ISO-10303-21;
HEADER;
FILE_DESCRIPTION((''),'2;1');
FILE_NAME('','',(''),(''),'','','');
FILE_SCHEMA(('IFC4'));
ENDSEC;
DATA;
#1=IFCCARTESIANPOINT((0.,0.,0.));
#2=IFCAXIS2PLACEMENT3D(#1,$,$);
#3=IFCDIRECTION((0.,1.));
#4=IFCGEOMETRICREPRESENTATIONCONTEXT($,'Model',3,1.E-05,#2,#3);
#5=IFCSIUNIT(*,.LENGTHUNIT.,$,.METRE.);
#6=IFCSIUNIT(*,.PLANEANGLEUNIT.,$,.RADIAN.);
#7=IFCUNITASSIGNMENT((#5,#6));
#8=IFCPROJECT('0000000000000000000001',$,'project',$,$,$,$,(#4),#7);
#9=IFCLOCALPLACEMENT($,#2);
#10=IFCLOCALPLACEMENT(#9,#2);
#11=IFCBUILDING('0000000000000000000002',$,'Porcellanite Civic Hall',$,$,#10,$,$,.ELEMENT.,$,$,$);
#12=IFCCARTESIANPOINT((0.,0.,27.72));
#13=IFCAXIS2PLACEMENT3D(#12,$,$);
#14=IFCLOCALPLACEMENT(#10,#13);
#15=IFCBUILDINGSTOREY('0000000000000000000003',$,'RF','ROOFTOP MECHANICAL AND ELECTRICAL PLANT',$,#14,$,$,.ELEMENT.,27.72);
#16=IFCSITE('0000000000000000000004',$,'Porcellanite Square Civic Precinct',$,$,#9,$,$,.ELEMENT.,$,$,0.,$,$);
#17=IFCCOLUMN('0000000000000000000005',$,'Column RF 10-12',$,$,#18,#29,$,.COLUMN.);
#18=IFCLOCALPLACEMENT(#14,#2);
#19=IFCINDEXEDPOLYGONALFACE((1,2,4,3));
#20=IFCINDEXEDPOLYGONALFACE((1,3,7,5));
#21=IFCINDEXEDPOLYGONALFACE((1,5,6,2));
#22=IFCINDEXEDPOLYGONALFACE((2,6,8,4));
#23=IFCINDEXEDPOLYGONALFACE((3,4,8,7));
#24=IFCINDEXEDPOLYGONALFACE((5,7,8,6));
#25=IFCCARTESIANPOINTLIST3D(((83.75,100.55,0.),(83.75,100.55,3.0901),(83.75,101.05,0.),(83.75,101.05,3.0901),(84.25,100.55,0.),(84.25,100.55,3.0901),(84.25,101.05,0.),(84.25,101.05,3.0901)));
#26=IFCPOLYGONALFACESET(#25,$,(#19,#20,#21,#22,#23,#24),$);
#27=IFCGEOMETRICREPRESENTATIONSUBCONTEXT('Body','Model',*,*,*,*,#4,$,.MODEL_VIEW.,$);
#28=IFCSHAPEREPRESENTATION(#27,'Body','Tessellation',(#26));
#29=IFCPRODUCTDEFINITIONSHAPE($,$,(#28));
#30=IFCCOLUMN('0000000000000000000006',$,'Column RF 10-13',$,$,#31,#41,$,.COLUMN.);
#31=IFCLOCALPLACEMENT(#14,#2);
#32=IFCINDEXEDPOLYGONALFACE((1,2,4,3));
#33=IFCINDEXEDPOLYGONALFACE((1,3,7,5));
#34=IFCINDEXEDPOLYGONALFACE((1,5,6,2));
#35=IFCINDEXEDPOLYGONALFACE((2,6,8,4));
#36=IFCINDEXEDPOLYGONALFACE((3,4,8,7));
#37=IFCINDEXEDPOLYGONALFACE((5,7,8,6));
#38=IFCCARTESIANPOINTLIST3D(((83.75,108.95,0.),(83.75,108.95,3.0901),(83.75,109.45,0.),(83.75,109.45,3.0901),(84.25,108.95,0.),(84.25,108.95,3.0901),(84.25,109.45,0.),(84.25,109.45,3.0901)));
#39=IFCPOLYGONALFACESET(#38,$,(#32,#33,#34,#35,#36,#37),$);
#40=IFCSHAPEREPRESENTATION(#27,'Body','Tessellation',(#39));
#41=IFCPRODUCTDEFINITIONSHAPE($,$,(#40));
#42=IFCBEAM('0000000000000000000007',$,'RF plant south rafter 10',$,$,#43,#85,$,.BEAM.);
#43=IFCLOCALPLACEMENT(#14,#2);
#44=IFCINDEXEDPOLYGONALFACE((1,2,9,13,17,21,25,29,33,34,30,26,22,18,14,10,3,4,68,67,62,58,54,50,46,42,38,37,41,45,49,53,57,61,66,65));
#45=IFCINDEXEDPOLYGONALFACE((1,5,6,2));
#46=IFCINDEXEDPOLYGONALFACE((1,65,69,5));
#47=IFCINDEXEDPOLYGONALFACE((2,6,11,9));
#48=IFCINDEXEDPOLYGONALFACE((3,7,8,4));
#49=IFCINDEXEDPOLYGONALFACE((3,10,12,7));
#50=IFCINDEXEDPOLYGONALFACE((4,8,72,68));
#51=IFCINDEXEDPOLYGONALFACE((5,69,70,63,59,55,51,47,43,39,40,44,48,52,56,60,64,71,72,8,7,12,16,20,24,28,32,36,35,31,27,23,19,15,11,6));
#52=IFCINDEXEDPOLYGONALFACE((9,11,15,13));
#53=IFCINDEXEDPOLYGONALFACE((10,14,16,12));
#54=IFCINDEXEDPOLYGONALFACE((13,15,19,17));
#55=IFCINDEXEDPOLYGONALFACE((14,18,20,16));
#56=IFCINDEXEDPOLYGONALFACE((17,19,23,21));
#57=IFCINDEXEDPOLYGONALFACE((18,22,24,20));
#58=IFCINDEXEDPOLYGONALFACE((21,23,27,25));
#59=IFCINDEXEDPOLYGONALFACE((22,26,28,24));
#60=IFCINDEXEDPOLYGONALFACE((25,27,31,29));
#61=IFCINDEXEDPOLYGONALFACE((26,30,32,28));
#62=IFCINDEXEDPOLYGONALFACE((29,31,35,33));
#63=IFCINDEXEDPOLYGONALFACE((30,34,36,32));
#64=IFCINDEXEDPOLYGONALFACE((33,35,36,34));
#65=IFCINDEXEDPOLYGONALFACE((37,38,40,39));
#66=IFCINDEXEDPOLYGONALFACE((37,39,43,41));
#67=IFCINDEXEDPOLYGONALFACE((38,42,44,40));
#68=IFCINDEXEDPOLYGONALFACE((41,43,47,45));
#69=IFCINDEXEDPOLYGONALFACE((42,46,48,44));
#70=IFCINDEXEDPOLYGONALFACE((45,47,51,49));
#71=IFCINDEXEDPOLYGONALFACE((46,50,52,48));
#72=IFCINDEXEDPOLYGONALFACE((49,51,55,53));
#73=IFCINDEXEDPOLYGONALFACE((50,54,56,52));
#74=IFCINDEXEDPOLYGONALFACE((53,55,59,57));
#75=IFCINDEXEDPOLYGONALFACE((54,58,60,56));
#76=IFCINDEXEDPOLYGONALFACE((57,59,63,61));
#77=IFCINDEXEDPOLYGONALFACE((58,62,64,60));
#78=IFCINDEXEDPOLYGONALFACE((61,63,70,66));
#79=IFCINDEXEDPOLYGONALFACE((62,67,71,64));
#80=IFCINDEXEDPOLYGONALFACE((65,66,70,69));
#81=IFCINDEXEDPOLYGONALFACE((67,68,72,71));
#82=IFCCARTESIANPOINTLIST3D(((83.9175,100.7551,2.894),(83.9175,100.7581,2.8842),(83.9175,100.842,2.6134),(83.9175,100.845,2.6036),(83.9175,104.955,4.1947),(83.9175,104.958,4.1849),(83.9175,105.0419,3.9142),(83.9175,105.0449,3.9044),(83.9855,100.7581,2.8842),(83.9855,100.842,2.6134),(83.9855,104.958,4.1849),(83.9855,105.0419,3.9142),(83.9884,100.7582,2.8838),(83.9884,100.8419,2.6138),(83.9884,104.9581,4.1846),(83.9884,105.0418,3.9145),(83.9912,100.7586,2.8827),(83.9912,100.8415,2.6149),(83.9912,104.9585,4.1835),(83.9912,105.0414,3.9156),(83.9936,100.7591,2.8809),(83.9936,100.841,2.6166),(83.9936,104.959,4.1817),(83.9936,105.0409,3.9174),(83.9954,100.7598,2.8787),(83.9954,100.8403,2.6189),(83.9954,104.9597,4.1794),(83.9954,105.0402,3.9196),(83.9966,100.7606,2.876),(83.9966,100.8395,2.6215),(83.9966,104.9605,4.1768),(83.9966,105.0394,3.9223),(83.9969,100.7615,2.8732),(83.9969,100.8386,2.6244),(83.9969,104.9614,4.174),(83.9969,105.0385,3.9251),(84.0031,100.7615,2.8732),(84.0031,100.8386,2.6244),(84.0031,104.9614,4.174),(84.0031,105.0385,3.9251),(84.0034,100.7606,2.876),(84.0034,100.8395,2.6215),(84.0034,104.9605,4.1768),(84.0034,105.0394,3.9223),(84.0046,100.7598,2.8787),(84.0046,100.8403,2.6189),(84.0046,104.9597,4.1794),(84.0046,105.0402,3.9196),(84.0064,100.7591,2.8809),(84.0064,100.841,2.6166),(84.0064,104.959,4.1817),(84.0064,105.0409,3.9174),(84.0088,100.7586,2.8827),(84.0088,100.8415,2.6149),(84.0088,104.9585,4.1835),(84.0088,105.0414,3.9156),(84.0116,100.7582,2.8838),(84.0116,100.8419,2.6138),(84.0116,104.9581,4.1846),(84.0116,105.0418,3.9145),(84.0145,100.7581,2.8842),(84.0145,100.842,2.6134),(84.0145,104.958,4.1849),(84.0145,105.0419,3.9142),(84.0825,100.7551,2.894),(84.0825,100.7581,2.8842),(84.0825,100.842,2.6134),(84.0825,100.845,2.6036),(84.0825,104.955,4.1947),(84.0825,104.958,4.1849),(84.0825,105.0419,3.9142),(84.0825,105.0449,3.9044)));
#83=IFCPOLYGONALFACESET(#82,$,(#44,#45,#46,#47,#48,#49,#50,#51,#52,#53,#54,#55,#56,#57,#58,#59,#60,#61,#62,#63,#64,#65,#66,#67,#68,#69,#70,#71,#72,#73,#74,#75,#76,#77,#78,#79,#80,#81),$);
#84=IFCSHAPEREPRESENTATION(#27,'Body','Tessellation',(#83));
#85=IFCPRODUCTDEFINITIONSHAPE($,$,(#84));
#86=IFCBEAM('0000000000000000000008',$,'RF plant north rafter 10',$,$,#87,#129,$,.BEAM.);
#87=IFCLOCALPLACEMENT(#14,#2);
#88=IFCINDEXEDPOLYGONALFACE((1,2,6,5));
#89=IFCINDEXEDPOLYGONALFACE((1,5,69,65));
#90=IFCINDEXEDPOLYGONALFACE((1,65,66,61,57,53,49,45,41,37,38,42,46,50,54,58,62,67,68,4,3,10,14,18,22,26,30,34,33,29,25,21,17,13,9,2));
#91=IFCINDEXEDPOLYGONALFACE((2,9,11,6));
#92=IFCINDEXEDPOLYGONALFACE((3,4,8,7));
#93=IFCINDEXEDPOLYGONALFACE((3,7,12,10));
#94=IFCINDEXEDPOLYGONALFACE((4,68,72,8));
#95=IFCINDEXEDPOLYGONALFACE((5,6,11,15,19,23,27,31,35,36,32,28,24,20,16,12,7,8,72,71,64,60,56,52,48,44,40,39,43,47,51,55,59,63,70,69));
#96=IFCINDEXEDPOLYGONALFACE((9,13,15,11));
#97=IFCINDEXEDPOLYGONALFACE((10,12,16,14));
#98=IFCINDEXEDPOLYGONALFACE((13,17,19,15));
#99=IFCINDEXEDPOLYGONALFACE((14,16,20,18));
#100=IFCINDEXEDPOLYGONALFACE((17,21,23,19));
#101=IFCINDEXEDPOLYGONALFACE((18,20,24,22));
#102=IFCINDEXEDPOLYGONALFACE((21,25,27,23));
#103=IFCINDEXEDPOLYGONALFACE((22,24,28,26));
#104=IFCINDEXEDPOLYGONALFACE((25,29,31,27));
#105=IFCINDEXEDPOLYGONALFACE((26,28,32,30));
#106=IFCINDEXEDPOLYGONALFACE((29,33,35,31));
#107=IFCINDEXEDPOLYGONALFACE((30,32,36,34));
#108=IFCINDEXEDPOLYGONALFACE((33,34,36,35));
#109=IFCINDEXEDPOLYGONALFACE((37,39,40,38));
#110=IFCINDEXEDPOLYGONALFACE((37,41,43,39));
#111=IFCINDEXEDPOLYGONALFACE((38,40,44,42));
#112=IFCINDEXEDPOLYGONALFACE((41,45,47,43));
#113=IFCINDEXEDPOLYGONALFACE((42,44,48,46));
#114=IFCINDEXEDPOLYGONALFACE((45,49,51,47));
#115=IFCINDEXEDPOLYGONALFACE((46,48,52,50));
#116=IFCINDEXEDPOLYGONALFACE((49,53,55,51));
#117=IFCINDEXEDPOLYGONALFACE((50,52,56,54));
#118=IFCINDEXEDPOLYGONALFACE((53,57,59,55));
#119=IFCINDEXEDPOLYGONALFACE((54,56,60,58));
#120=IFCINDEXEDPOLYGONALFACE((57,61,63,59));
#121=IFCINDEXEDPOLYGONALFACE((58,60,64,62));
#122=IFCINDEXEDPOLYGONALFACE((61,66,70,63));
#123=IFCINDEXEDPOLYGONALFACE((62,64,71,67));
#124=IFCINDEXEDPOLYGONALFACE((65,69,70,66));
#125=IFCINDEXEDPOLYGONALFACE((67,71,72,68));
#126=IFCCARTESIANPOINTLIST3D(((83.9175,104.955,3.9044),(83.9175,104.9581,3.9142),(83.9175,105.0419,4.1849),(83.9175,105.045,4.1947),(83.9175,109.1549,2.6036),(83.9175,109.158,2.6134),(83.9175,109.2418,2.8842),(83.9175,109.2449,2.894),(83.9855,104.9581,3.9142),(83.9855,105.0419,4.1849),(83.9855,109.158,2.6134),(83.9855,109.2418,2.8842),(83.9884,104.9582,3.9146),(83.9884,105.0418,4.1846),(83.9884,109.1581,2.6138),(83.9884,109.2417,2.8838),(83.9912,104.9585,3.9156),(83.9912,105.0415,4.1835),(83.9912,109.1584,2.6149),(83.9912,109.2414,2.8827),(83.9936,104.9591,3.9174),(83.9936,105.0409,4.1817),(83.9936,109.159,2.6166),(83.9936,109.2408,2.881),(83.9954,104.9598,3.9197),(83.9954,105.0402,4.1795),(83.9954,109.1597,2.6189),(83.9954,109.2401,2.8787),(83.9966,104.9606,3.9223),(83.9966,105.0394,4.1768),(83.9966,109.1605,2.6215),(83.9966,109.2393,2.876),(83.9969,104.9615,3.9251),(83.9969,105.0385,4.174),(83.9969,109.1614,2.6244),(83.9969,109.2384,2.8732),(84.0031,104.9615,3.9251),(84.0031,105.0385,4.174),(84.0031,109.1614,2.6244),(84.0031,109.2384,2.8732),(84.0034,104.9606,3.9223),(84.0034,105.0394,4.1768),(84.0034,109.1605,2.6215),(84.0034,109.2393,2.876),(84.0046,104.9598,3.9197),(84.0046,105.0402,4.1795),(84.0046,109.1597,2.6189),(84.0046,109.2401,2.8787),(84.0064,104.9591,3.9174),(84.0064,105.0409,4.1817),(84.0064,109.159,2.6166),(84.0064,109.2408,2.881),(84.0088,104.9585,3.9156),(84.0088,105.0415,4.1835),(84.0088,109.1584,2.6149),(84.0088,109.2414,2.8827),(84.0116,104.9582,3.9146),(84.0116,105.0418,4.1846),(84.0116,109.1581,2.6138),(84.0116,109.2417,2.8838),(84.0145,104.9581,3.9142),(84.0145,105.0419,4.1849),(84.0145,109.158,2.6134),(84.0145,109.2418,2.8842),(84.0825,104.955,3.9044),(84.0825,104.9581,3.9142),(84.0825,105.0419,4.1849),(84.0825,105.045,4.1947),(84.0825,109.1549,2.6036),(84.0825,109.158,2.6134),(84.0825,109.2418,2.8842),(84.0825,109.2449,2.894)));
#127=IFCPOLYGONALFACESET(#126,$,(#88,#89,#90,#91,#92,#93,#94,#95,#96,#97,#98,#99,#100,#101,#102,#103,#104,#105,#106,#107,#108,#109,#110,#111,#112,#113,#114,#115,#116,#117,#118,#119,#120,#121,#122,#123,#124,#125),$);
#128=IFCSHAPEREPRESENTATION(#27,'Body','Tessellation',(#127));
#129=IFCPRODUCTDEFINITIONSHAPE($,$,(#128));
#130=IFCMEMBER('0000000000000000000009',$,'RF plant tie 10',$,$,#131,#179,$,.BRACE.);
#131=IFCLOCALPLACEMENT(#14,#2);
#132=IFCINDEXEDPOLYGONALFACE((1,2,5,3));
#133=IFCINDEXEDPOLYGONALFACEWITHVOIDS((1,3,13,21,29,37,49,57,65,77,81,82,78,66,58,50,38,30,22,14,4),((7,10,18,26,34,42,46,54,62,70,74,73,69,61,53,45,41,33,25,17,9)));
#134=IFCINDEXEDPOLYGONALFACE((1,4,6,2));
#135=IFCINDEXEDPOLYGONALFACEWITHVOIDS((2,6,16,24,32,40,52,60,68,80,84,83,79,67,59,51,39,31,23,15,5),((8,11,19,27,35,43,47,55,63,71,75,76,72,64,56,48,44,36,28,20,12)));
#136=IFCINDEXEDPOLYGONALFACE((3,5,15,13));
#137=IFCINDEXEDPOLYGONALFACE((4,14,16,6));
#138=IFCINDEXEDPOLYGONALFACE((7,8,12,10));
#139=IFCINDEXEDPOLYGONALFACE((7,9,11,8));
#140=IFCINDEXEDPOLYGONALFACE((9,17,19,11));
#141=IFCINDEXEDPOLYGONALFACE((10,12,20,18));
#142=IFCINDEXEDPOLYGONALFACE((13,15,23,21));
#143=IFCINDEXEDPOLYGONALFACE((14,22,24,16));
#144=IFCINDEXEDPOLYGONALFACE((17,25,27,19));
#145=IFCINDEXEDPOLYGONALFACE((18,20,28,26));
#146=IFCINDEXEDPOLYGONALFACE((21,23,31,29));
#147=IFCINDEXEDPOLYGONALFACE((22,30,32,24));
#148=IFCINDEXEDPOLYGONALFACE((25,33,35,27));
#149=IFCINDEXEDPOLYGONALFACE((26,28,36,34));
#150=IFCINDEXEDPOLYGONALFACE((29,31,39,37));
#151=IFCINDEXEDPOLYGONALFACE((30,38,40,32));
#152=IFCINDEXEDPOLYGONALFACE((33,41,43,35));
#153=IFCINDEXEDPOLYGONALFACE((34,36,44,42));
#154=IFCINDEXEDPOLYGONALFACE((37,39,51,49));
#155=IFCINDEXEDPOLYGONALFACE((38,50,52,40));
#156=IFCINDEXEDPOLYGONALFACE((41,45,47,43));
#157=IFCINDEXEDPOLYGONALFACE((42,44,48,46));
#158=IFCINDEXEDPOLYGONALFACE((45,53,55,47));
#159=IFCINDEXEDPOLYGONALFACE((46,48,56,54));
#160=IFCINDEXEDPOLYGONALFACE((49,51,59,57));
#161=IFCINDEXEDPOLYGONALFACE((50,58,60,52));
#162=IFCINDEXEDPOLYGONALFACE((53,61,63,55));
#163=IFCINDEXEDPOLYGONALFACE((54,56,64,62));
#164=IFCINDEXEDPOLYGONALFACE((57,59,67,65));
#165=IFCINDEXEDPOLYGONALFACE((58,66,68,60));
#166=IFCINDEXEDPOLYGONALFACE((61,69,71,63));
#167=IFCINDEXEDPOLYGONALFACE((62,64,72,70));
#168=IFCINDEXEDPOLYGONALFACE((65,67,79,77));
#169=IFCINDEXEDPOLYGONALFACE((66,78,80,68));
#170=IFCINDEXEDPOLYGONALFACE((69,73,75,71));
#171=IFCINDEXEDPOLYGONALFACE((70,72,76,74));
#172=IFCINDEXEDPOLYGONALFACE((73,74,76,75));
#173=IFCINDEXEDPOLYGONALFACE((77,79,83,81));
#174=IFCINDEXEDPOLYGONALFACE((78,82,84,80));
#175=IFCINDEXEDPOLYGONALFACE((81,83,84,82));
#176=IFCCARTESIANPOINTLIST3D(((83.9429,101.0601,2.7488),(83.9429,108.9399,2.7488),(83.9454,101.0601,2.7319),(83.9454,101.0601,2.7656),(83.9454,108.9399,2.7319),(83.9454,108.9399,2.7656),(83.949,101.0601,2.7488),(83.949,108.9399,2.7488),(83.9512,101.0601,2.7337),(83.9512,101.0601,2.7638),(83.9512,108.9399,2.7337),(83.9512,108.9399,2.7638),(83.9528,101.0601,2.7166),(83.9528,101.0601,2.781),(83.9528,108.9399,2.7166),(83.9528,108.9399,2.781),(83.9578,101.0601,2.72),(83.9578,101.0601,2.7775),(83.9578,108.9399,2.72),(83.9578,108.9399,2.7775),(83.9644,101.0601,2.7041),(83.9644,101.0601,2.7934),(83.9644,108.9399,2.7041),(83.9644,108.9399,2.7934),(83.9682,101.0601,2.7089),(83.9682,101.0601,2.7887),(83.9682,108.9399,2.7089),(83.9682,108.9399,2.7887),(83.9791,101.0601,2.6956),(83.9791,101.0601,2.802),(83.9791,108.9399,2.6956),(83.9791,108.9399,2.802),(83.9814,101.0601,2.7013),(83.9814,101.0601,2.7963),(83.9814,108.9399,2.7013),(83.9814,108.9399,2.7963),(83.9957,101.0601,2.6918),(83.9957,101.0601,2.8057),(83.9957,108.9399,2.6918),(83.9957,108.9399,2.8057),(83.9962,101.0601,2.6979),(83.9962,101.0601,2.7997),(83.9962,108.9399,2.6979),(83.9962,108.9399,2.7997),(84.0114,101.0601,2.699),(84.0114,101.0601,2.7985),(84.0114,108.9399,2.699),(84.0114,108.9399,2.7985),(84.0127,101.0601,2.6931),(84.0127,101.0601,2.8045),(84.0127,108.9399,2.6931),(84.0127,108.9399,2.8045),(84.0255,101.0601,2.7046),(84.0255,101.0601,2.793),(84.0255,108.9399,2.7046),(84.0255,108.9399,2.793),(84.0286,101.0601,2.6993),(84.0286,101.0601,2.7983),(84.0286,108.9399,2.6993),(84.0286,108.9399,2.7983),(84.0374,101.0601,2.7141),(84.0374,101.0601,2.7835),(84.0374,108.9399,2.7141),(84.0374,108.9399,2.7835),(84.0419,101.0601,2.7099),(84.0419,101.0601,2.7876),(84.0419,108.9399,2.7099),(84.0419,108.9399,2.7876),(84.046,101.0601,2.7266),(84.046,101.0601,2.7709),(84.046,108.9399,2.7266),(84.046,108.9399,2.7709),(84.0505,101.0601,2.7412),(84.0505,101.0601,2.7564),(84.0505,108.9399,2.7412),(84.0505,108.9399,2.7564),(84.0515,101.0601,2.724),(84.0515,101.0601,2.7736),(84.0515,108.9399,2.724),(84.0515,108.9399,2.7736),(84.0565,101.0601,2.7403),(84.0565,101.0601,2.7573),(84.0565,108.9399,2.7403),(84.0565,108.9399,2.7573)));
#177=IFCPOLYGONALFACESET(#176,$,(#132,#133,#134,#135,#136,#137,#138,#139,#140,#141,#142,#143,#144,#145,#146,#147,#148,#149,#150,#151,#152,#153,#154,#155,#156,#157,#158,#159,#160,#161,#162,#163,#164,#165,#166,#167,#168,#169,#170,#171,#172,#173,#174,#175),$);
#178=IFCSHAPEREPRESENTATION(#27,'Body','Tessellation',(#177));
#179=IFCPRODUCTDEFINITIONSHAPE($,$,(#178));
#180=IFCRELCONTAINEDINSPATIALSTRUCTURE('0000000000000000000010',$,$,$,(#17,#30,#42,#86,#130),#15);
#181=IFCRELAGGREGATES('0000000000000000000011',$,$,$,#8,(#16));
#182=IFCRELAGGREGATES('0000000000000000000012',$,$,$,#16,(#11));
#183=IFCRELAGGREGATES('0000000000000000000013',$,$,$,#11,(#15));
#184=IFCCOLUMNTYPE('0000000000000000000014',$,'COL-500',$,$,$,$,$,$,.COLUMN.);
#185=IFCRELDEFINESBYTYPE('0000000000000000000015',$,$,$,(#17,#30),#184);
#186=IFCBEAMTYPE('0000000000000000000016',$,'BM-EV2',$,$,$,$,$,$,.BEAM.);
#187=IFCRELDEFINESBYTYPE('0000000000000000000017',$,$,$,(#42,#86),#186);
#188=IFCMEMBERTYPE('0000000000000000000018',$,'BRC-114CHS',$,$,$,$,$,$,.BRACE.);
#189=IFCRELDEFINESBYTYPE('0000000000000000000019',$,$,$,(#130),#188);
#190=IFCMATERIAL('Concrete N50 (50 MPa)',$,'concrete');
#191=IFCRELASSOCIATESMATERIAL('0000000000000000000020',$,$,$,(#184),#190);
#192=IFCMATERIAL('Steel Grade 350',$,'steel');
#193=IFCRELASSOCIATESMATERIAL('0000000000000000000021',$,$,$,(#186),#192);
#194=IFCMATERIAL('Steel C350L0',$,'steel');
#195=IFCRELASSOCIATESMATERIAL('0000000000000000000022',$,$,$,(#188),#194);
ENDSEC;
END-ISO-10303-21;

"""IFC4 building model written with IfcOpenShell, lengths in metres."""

from ifc_helpers import new_model, si_unit, direction, frame, origin, origin_2d, place, context, subcontext, project, spatial, rectangle, hollow_circle, i_section, extrude, material, material_profile, profile_set, type_object, element, save


model = new_model("IFC4")

# Units and contexts
model_context = context("Model", 3, precision=1e-05, world=origin(), true_north=direction((0.0, 1.0)))
body_context = subcontext(model_context, "Body", "Model", "MODEL_VIEW")
ifc_project = project(units=[si_unit("LENGTHUNIT", "METRE"), si_unit("PLANEANGLEUNIT", "RADIAN")], contexts=[model_context])

# Site, building, storey
site_placement = place(None, origin())
site = spatial("IfcSite", under=ifc_project, at=site_placement, Name="Porcellanite Square Civic Precinct", CompositionType="ELEMENT", RefElevation=0.0)
building_placement = place(site_placement, origin())
building = spatial("IfcBuilding", under=site, at=building_placement, Name="Porcellanite Civic Hall", CompositionType="ELEMENT")
storey_placement = place(building_placement, frame((0.0, 0.0, 27.72)))
storey = spatial("IfcBuildingStorey", under=building, at=storey_placement, Name="RF", Description="ROOFTOP MECHANICAL AND ELECTRICAL PLANT", CompositionType="ELEMENT", Elevation=27.72)

# Columns
ifc_material_1 = material(Name="Concrete N50 (50 MPa)", Category="concrete")
ifc_material_profile_1 = material_profile(ifc_material_1, rectangle(XDim=0.5, YDim=0.5, at=origin_2d()), Name="RC-500x500")
ifc_profile_set_1 = profile_set([ifc_material_profile_1], Name="Concrete N50 (50 MPa)")
column_type = type_object("IfcColumnType", Name="COL-500", PredefinedType="COLUMN", material=ifc_profile_set_1)
for number, where, z_axis, x_axis, name in (
    (1, (84.0, 100.8, 0.0), (0.0, 0.0, 1.0), (1.0, 0.0, 0.0), "Column RF 10-12"),
    (2, (84.0, 109.2, 0.0), (0.0, 0.0, 1.0), (1.0, 0.0, 0.0), "Column RF 10-13"),
):
    element("IfcColumn", number, at=place(storey_placement, frame(where, z_axis=z_axis, x_axis=x_axis)), inside=storey, type_object=column_type, Name=name, PredefinedType="COLUMN", context=body_context, shape_type="SweptSolid", body=[
        extrude(rectangle(XDim=0.5, YDim=0.5, at=origin_2d()), origin(), (0.0, 0.0, 1.0), 3.0901),
    ])

# Beams
ifc_material_2 = material(Name="Steel Grade 350", Category="steel")
ifc_material_profile_2 = material_profile(ifc_material_2, i_section(OverallWidth=0.165, OverallDepth=0.304, WebThickness=0.0061, FlangeThickness=0.0103, FilletRadius=0.0115, at=origin_2d()), Name="310UB40.4")
ifc_profile_set_2 = profile_set([ifc_material_profile_2], Name="Steel Grade 350")
beam_type_1 = type_object("IfcBeamType", Name="BM-EV2", PredefinedType="BEAM", material=ifc_profile_set_2)
for number, where, z_axis, x_axis, name in (
    (3, (84.0, 100.8, 2.7488), (0.0, 0.955235, 0.295849), (-1.0, 0.0, 0.0), "RF plant south rafter 10"),
    (4, (84.0, 105.0, 4.0496), (0.0, 0.955235, -0.295849), (-1.0, 0.0, 0.0), "RF plant north rafter 10"),
):
    element("IfcBeam", number, at=place(storey_placement, frame(where, z_axis=z_axis, x_axis=x_axis)), inside=storey, type_object=beam_type_1, Name=name, PredefinedType="BEAM", context=body_context, shape_type="SweptSolid", body=[
        extrude(i_section(OverallWidth=0.165, OverallDepth=0.304, WebThickness=0.0061, FlangeThickness=0.0103, FilletRadius=0.0115, at=origin_2d()), origin(), (0.0, 0.0, 1.0), 4.3967),
    ])

# Member
ifc_material_3 = material(Name="Steel C350L0", Category="steel")
ifc_material_profile_3 = material_profile(ifc_material_3, hollow_circle(Radius=0.0571, WallThickness=0.0061, at=origin_2d()), Name="114.3x6.0CHS")
ifc_profile_set_3 = profile_set([ifc_material_profile_3], Name="Steel C350L0")
member_type = type_object("IfcMemberType", Name="BRC-114CHS", PredefinedType="BRACE", material=ifc_profile_set_3)
member_placement = place(storey_placement, frame((84.0, 101.0601, 2.7488), z_axis=(0.0, 1.0, 0.0), x_axis=(-1.0, 0.0, 0.0)))
element("IfcMember", 5, at=member_placement, inside=storey, type_object=member_type, Name="RF plant tie 10", PredefinedType="BRACE", context=body_context, shape_type="SweptSolid", body=[
    extrude(hollow_circle(Radius=0.0571, WallThickness=0.0061, at=origin_2d()), origin(), (0.0, 0.0, 1.0), 7.8799),
])

save(model, "model.ifc")
